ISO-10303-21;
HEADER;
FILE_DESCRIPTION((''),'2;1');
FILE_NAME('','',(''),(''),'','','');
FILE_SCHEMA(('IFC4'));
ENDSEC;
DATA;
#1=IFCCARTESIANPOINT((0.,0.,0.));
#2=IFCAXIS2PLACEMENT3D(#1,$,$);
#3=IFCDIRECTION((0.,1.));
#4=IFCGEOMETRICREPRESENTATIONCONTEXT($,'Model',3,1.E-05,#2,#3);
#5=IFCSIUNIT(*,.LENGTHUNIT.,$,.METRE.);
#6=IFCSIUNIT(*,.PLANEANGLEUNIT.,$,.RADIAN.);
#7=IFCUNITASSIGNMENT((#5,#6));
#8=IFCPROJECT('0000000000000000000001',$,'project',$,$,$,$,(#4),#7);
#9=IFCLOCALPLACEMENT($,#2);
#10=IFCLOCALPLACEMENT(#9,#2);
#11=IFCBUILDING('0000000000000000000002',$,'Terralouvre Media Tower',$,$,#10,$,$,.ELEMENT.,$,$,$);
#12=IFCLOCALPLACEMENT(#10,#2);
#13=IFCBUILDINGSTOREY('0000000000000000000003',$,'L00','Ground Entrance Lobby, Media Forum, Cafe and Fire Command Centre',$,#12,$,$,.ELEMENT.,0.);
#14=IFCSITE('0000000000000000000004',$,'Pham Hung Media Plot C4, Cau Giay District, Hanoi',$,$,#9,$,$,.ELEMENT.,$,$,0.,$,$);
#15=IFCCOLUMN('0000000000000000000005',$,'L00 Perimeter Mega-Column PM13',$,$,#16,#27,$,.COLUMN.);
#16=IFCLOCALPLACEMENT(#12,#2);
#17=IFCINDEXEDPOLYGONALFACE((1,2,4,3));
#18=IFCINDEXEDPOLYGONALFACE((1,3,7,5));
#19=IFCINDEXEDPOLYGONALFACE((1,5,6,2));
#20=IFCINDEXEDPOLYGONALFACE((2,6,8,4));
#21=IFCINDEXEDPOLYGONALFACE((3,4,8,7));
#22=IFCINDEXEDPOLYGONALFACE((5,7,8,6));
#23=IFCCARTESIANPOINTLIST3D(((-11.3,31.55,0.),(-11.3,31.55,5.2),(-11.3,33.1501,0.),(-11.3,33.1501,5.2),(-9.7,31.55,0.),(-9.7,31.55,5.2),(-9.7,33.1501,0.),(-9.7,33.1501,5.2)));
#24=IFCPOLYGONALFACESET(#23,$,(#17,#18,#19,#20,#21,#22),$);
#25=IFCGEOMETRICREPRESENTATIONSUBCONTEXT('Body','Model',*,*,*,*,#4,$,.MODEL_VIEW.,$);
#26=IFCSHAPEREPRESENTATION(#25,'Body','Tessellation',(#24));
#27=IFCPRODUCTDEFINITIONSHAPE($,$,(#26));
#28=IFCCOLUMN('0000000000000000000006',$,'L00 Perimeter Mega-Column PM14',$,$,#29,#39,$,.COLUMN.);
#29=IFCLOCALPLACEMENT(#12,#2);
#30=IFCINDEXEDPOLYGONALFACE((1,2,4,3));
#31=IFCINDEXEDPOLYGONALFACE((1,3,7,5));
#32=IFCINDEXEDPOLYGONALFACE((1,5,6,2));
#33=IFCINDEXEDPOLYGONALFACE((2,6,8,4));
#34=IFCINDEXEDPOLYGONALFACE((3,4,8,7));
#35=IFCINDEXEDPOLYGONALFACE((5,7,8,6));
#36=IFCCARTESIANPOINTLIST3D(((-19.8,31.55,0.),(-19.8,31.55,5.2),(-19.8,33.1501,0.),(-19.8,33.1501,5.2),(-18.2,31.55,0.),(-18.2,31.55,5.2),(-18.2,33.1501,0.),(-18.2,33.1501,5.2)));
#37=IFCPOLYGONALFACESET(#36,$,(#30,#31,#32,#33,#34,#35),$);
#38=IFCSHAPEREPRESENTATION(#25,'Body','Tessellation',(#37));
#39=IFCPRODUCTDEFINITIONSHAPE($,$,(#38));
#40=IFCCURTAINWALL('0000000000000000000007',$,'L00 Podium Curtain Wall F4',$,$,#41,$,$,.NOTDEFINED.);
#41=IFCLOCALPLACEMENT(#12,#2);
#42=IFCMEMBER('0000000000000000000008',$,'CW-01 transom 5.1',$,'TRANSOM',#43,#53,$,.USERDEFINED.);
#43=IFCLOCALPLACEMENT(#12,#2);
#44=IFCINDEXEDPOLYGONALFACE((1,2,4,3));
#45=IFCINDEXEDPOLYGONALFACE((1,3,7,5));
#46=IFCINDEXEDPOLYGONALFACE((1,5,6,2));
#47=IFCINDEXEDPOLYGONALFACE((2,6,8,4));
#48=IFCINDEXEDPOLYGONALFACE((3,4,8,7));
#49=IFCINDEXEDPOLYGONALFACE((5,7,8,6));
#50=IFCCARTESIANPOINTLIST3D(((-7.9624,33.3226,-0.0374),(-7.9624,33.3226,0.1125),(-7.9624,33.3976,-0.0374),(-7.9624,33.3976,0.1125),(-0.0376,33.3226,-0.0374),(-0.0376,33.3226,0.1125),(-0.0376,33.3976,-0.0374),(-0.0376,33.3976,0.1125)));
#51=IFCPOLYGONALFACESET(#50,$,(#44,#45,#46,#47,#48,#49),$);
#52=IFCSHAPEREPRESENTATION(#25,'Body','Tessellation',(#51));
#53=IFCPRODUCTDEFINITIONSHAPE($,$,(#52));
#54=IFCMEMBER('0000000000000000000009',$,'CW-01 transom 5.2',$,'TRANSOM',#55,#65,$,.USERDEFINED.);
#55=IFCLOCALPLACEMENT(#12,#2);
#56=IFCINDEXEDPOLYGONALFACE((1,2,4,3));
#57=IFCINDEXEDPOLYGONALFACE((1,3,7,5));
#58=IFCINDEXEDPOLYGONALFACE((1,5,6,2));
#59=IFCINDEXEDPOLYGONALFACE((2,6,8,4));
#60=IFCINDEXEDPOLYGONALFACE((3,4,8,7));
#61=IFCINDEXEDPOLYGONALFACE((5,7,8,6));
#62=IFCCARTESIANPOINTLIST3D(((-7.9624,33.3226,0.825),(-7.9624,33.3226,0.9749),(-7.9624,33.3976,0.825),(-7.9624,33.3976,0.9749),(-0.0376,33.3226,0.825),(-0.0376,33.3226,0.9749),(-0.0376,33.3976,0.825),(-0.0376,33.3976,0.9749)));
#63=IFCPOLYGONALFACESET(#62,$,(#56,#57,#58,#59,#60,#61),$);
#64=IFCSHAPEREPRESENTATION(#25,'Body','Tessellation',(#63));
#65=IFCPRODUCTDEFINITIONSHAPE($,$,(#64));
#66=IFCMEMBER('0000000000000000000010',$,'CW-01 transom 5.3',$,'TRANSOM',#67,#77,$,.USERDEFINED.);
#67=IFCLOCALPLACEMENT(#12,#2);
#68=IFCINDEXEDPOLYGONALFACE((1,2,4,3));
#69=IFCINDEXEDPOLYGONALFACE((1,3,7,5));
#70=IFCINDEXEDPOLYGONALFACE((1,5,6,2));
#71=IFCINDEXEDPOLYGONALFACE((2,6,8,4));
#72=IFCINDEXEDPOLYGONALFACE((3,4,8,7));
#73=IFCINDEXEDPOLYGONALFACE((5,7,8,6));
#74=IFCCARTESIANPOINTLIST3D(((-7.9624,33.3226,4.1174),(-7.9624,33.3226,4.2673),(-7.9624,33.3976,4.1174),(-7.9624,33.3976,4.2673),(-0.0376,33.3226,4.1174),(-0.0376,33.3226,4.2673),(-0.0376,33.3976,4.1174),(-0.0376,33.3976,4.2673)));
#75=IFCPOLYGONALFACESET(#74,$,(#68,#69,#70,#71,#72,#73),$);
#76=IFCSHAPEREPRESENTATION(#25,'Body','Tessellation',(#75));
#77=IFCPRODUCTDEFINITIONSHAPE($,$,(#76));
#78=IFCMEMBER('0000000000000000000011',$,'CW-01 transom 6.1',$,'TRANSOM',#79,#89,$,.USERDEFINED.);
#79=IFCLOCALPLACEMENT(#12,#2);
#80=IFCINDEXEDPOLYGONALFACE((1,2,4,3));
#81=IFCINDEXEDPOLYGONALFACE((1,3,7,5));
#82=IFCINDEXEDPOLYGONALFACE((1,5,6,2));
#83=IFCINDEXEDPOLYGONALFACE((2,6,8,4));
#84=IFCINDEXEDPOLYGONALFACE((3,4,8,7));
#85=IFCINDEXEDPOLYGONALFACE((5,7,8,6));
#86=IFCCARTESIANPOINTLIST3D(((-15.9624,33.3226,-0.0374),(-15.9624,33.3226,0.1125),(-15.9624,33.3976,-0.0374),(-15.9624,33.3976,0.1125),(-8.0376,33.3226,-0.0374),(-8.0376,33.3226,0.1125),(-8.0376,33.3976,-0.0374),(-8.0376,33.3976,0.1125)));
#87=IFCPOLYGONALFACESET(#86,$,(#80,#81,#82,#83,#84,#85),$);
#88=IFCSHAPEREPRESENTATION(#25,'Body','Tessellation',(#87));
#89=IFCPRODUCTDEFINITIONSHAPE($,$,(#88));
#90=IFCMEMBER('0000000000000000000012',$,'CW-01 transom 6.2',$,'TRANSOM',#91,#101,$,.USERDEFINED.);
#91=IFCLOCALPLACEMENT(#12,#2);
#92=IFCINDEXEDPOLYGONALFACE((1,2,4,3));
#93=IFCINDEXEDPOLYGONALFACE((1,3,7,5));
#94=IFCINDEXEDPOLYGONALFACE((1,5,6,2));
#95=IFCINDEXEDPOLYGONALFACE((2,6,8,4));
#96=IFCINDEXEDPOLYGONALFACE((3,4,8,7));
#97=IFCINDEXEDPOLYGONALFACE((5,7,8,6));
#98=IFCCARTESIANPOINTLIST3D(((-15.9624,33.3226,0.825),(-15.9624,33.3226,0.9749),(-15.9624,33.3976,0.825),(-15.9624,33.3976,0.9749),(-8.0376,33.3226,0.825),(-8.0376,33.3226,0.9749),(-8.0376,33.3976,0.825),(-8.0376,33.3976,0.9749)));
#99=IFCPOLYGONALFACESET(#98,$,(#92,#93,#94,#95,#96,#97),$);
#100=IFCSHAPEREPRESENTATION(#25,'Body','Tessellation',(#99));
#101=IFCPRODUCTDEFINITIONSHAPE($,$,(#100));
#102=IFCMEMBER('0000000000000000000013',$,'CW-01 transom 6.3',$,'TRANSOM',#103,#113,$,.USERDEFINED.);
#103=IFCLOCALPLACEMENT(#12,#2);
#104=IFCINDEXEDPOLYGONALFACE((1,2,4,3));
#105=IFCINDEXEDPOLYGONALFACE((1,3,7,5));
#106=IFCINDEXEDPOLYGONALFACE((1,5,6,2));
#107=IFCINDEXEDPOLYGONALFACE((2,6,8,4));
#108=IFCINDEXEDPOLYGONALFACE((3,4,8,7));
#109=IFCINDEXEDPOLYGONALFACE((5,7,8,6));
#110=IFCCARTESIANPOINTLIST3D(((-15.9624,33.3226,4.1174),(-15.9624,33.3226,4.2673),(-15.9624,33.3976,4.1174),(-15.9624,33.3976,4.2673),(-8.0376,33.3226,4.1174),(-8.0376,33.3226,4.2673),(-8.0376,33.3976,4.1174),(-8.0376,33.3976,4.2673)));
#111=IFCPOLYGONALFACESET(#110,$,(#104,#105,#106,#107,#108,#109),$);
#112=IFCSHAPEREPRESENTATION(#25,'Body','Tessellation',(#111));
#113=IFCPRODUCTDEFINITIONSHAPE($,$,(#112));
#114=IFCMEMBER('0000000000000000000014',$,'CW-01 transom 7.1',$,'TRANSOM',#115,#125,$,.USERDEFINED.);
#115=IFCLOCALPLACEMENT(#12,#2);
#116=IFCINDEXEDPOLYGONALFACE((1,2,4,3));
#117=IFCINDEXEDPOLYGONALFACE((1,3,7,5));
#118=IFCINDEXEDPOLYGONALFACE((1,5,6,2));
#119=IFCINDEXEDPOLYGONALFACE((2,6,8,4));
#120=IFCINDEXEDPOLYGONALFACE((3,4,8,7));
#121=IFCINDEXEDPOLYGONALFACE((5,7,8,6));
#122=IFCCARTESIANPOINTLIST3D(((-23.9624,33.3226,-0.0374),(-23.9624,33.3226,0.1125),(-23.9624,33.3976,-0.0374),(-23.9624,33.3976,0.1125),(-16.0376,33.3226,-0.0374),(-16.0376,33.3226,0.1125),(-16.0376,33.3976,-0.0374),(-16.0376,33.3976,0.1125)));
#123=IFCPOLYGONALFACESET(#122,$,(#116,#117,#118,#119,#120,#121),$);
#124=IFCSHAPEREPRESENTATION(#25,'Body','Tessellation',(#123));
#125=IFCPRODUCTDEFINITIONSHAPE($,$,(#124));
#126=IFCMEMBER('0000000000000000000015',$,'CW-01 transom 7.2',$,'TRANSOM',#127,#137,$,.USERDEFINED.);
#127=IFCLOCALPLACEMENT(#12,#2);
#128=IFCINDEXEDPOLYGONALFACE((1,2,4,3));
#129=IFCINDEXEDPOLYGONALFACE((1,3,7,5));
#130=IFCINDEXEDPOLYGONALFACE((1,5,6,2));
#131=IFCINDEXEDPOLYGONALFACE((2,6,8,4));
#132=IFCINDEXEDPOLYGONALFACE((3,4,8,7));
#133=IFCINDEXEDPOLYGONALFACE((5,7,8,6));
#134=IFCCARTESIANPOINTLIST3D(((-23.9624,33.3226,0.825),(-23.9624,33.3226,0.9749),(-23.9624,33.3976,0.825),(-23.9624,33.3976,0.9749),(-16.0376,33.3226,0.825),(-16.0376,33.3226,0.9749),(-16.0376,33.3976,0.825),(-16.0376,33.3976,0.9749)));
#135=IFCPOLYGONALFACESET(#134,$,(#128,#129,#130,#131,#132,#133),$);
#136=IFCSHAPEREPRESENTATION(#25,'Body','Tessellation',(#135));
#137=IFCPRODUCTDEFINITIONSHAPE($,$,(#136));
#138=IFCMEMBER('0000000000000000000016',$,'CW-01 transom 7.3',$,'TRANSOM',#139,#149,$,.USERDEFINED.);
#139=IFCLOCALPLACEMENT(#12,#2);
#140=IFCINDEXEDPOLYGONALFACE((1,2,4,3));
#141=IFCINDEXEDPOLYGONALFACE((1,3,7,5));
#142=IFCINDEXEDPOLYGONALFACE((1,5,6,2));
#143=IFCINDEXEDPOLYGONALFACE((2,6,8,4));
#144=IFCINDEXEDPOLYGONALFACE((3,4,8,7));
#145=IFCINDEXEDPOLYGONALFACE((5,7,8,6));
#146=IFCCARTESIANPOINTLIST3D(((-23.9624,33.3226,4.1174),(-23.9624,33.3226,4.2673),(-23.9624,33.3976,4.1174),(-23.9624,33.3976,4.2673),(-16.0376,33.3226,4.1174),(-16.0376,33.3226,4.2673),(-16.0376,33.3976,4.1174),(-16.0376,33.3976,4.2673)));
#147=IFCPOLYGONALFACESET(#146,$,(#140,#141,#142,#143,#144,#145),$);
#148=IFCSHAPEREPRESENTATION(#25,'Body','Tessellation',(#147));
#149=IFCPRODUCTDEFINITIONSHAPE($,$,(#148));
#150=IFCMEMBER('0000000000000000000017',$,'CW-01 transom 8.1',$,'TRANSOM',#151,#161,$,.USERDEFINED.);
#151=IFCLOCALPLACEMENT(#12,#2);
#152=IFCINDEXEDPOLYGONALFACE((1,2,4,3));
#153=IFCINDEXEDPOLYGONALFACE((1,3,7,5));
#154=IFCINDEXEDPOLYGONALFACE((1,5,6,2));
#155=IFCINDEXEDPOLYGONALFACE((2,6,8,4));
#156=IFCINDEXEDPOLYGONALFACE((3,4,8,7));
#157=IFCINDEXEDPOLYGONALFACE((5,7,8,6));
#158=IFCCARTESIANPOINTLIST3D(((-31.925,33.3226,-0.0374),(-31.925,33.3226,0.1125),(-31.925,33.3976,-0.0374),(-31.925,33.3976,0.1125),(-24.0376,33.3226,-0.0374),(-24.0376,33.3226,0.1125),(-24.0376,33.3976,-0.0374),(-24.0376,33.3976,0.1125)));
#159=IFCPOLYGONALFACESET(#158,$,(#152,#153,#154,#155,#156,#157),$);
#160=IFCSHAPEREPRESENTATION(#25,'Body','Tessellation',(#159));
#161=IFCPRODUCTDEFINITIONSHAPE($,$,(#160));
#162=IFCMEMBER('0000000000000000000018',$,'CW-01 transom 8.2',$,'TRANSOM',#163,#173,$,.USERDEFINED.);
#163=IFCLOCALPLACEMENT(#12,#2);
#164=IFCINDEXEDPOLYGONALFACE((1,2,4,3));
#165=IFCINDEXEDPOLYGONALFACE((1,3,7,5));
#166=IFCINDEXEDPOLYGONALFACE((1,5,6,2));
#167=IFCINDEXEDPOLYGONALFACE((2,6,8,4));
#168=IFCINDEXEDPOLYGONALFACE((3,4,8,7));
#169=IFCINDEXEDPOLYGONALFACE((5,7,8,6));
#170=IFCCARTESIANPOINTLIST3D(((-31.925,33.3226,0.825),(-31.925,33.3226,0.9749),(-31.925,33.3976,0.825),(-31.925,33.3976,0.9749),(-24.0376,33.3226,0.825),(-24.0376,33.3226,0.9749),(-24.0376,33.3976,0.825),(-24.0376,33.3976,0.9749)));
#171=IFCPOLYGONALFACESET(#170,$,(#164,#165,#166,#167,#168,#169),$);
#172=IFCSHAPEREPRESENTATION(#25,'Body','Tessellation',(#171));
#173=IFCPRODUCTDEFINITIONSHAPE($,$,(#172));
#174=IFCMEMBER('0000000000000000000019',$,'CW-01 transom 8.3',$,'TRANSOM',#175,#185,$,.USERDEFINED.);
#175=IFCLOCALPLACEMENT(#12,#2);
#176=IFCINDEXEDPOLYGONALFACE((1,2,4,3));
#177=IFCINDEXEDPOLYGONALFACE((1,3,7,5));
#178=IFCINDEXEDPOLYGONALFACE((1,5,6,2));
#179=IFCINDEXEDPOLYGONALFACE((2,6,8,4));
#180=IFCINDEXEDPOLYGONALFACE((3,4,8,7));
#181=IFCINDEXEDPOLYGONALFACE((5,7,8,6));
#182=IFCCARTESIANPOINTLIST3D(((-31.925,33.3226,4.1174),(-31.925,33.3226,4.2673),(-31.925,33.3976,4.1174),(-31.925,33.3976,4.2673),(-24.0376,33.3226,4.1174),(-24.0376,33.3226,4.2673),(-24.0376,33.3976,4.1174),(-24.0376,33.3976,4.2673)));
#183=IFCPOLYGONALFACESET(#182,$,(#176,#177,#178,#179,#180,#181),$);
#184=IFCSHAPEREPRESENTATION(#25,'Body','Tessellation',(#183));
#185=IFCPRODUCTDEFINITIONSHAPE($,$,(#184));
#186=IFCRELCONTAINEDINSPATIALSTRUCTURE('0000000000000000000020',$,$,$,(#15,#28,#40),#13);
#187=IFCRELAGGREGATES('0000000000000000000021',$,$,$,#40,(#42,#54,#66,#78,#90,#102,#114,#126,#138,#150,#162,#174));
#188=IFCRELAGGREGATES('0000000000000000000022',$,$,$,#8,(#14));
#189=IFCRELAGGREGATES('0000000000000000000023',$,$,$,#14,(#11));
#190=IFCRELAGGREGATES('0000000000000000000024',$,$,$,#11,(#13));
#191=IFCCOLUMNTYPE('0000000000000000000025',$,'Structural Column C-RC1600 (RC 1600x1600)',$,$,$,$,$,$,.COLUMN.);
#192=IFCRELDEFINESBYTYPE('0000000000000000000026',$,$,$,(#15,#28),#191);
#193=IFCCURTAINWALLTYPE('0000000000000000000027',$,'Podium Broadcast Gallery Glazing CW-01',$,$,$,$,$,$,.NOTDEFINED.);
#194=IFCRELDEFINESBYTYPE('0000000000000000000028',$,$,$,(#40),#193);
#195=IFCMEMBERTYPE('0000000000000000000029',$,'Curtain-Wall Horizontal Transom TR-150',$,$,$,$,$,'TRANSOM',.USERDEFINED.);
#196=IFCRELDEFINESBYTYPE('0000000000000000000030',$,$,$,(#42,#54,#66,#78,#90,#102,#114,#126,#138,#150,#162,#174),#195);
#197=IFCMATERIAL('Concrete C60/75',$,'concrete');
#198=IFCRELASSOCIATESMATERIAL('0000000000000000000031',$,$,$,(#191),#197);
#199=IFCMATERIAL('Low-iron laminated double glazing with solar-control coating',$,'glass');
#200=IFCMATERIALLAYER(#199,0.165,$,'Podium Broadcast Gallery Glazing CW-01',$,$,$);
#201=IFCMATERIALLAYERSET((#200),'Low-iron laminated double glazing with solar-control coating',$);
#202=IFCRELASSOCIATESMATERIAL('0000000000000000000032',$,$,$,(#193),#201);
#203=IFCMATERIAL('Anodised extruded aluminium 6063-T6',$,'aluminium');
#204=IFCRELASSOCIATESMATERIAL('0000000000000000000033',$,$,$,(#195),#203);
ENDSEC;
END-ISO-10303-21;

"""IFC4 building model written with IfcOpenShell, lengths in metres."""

from ifc_helpers import new_model, si_unit, direction, frame, origin, origin_2d, place, context, subcontext, project, spatial, rectangle, extrude, material, layer, layer_set, material_profile, profile_set, type_object, element, aggregate, save


model = new_model("IFC4")

# Units and contexts
model_context = context("Model", 3, precision=1e-05, world=origin(), true_north=direction((0.0, 1.0)))
body_context = subcontext(model_context, "Body", "Model", "MODEL_VIEW")
ifc_project = project(units=[si_unit("LENGTHUNIT", "METRE"), si_unit("PLANEANGLEUNIT", "RADIAN")], contexts=[model_context])

# Site, building, storey
site_placement = place(None, origin())
site = spatial("IfcSite", under=ifc_project, at=site_placement, Name="Pham Hung Media Plot C4, Cau Giay District, Hanoi", CompositionType="ELEMENT", RefElevation=0.0)
building_placement = place(site_placement, origin())
building = spatial("IfcBuilding", under=site, at=building_placement, Name="Terralouvre Media Tower", CompositionType="ELEMENT")
storey_placement = place(building_placement, origin())
storey = spatial("IfcBuildingStorey", under=building, at=storey_placement, Name="L00", Description="Ground Entrance Lobby, Media Forum, Cafe and Fire Command Centre", CompositionType="ELEMENT", Elevation=0.0)

# Columns
ifc_material_1 = material(Name="Concrete C60/75", Category="concrete")
ifc_material_profile_1 = material_profile(ifc_material_1, rectangle(XDim=1.6001, YDim=1.6001, at=origin_2d()), Name="RC 1600x1600")
ifc_profile_set_1 = profile_set([ifc_material_profile_1], Name="Concrete C60/75")
column_type = type_object("IfcColumnType", Name="Structural Column C-RC1600 (RC 1600x1600)", PredefinedType="COLUMN", material=ifc_profile_set_1)
for number, where, z_axis, x_axis, name in (
    (1, (-10.5, 32.3501, 0.0), (0.0, 0.0, 1.0), (1.0, 0.0, 0.0), "L00 Perimeter Mega-Column PM13"),
    (2, (-19.0, 32.3501, 0.0), (0.0, 0.0, 1.0), (1.0, 0.0, 0.0), "L00 Perimeter Mega-Column PM14"),
):
    element("IfcColumn", number, at=place(storey_placement, frame(where, z_axis=z_axis, x_axis=x_axis)), inside=storey, type_object=column_type, Name=name, PredefinedType="COLUMN", context=body_context, shape_type="SweptSolid", body=[
        extrude(rectangle(XDim=1.6001, YDim=1.6001, at=origin_2d()), origin(), (0.0, 0.0, 1.0), 5.2),
    ])

# Curtain wall, members
ifc_material_2 = material(Name="Low-iron laminated double glazing with solar-control coating", Category="glass")
ifc_layer_1 = layer(ifc_material_2, 0.165, Name="Podium Broadcast Gallery Glazing CW-01")
ifc_layer_set_1 = layer_set([ifc_layer_1], Name="Low-iron laminated double glazing with solar-control coating")
curtain_wall_type = type_object("IfcCurtainWallType", Name="Podium Broadcast Gallery Glazing CW-01", PredefinedType="NOTDEFINED", material=ifc_layer_set_1)
curtain_wall_placement = place(storey_placement, origin())
curtain_wall = element("IfcCurtainWall", 3, at=curtain_wall_placement, inside=storey, type_object=curtain_wall_type, Name="L00 Podium Curtain Wall F4", PredefinedType="NOTDEFINED")
ifc_material_3 = material(Name="Anodised extruded aluminium 6063-T6", Category="aluminium")
ifc_material_profile_2 = material_profile(ifc_material_3, rectangle(XDim=0.075, YDim=0.1499, at=origin_2d()), Name="ALU 75x150")
ifc_profile_set_2 = profile_set([ifc_material_profile_2], Name="Anodised extruded aluminium 6063-T6")
member_type_1 = type_object("IfcMemberType", Name="Curtain-Wall Horizontal Transom TR-150", ElementType="TRANSOM", PredefinedType="USERDEFINED", material=ifc_profile_set_2)
member_1_placement = place(storey_placement, frame((-0.0376, 33.3601, 0.0376), z_axis=(-1.0, 0.0, 0.0), x_axis=(0.0, -1.0, 0.0)))
member_1 = element("IfcMember", 4, at=member_1_placement, type_object=member_type_1, Name="CW-01 transom 5.1", ObjectType="TRANSOM", PredefinedType="USERDEFINED", context=body_context, shape_type="SweptSolid", body=[
    extrude(rectangle(XDim=0.075, YDim=0.1499, at=origin_2d()), origin(), (0.0, 0.0, 1.0), 7.9248),
])
member_2_placement = place(storey_placement, frame((-0.0376, 33.3601, 0.8999), z_axis=(-1.0, 0.0, 0.0), x_axis=(0.0, -1.0, 0.0)))
member_2 = element("IfcMember", 5, at=member_2_placement, type_object=member_type_1, Name="CW-01 transom 5.2", ObjectType="TRANSOM", PredefinedType="USERDEFINED", context=body_context, shape_type="SweptSolid", body=[
    extrude(rectangle(XDim=0.075, YDim=0.1499, at=origin_2d()), origin(), (0.0, 0.0, 1.0), 7.9248),
])
member_3_placement = place(storey_placement, frame((-0.0376, 33.3601, 4.1924), z_axis=(-1.0, 0.0, 0.0), x_axis=(0.0, -1.0, 0.0)))
member_3 = element("IfcMember", 6, at=member_3_placement, type_object=member_type_1, Name="CW-01 transom 5.3", ObjectType="TRANSOM", PredefinedType="USERDEFINED", context=body_context, shape_type="SweptSolid", body=[
    extrude(rectangle(XDim=0.075, YDim=0.1499, at=origin_2d()), origin(), (0.0, 0.0, 1.0), 7.9248),
])
member_4_placement = place(storey_placement, frame((-8.0376, 33.3601, 0.0376), z_axis=(-1.0, 0.0, 0.0), x_axis=(0.0, -1.0, 0.0)))
member_4 = element("IfcMember", 7, at=member_4_placement, type_object=member_type_1, Name="CW-01 transom 6.1", ObjectType="TRANSOM", PredefinedType="USERDEFINED", context=body_context, shape_type="SweptSolid", body=[
    extrude(rectangle(XDim=0.075, YDim=0.1499, at=origin_2d()), origin(), (0.0, 0.0, 1.0), 7.9248),
])
member_5_placement = place(storey_placement, frame((-8.0376, 33.3601, 0.8999), z_axis=(-1.0, 0.0, 0.0), x_axis=(0.0, -1.0, 0.0)))
member_5 = element("IfcMember", 8, at=member_5_placement, type_object=member_type_1, Name="CW-01 transom 6.2", ObjectType="TRANSOM", PredefinedType="USERDEFINED", context=body_context, shape_type="SweptSolid", body=[
    extrude(rectangle(XDim=0.075, YDim=0.1499, at=origin_2d()), origin(), (0.0, 0.0, 1.0), 7.9248),
])
member_6_placement = place(storey_placement, frame((-8.0376, 33.3601, 4.1924), z_axis=(-1.0, 0.0, 0.0), x_axis=(0.0, -1.0, 0.0)))
member_6 = element("IfcMember", 9, at=member_6_placement, type_object=member_type_1, Name="CW-01 transom 6.3", ObjectType="TRANSOM", PredefinedType="USERDEFINED", context=body_context, shape_type="SweptSolid", body=[
    extrude(rectangle(XDim=0.075, YDim=0.1499, at=origin_2d()), origin(), (0.0, 0.0, 1.0), 7.9248),
])
member_7_placement = place(storey_placement, frame((-16.0376, 33.3601, 0.0376), z_axis=(-1.0, 0.0, 0.0), x_axis=(0.0, -1.0, 0.0)))
member_7 = element("IfcMember", 10, at=member_7_placement, type_object=member_type_1, Name="CW-01 transom 7.1", ObjectType="TRANSOM", PredefinedType="USERDEFINED", context=body_context, shape_type="SweptSolid", body=[
    extrude(rectangle(XDim=0.075, YDim=0.1499, at=origin_2d()), origin(), (0.0, 0.0, 1.0), 7.9248),
])
member_8_placement = place(storey_placement, frame((-16.0376, 33.3601, 0.8999), z_axis=(-1.0, 0.0, 0.0), x_axis=(0.0, -1.0, 0.0)))
member_8 = element("IfcMember", 11, at=member_8_placement, type_object=member_type_1, Name="CW-01 transom 7.2", ObjectType="TRANSOM", PredefinedType="USERDEFINED", context=body_context, shape_type="SweptSolid", body=[
    extrude(rectangle(XDim=0.075, YDim=0.1499, at=origin_2d()), origin(), (0.0, 0.0, 1.0), 7.9248),
])
member_9_placement = place(storey_placement, frame((-16.0376, 33.3601, 4.1924), z_axis=(-1.0, 0.0, 0.0), x_axis=(0.0, -1.0, 0.0)))
member_9 = element("IfcMember", 12, at=member_9_placement, type_object=member_type_1, Name="CW-01 transom 7.3", ObjectType="TRANSOM", PredefinedType="USERDEFINED", context=body_context, shape_type="SweptSolid", body=[
    extrude(rectangle(XDim=0.075, YDim=0.1499, at=origin_2d()), origin(), (0.0, 0.0, 1.0), 7.9248),
])
member_10_placement = place(storey_placement, frame((-24.0376, 33.3601, 0.0376), z_axis=(-1.0, 0.0, 0.0), x_axis=(0.0, -1.0, 0.0)))
member_10 = element("IfcMember", 13, at=member_10_placement, type_object=member_type_1, Name="CW-01 transom 8.1", ObjectType="TRANSOM", PredefinedType="USERDEFINED", context=body_context, shape_type="SweptSolid", body=[
    extrude(rectangle(XDim=0.075, YDim=0.1499, at=origin_2d()), origin(), (0.0, 0.0, 1.0), 7.8875),
])
member_11_placement = place(storey_placement, frame((-24.0376, 33.3601, 0.8999), z_axis=(-1.0, 0.0, 0.0), x_axis=(0.0, -1.0, 0.0)))
member_11 = element("IfcMember", 14, at=member_11_placement, type_object=member_type_1, Name="CW-01 transom 8.2", ObjectType="TRANSOM", PredefinedType="USERDEFINED", context=body_context, shape_type="SweptSolid", body=[
    extrude(rectangle(XDim=0.075, YDim=0.1499, at=origin_2d()), origin(), (0.0, 0.0, 1.0), 7.8875),
])
member_12_placement = place(storey_placement, frame((-24.0376, 33.3601, 4.1924), z_axis=(-1.0, 0.0, 0.0), x_axis=(0.0, -1.0, 0.0)))
member_12 = element("IfcMember", 15, at=member_12_placement, type_object=member_type_1, Name="CW-01 transom 8.3", ObjectType="TRANSOM", PredefinedType="USERDEFINED", context=body_context, shape_type="SweptSolid", body=[
    extrude(rectangle(XDim=0.075, YDim=0.1499, at=origin_2d()), origin(), (0.0, 0.0, 1.0), 7.8875),
])

aggregate(curtain_wall, [member_1, member_2, member_3, member_4, member_5, member_6, member_7, member_8, member_9, member_10, member_11, member_12])

save(model, "model.ifc")
